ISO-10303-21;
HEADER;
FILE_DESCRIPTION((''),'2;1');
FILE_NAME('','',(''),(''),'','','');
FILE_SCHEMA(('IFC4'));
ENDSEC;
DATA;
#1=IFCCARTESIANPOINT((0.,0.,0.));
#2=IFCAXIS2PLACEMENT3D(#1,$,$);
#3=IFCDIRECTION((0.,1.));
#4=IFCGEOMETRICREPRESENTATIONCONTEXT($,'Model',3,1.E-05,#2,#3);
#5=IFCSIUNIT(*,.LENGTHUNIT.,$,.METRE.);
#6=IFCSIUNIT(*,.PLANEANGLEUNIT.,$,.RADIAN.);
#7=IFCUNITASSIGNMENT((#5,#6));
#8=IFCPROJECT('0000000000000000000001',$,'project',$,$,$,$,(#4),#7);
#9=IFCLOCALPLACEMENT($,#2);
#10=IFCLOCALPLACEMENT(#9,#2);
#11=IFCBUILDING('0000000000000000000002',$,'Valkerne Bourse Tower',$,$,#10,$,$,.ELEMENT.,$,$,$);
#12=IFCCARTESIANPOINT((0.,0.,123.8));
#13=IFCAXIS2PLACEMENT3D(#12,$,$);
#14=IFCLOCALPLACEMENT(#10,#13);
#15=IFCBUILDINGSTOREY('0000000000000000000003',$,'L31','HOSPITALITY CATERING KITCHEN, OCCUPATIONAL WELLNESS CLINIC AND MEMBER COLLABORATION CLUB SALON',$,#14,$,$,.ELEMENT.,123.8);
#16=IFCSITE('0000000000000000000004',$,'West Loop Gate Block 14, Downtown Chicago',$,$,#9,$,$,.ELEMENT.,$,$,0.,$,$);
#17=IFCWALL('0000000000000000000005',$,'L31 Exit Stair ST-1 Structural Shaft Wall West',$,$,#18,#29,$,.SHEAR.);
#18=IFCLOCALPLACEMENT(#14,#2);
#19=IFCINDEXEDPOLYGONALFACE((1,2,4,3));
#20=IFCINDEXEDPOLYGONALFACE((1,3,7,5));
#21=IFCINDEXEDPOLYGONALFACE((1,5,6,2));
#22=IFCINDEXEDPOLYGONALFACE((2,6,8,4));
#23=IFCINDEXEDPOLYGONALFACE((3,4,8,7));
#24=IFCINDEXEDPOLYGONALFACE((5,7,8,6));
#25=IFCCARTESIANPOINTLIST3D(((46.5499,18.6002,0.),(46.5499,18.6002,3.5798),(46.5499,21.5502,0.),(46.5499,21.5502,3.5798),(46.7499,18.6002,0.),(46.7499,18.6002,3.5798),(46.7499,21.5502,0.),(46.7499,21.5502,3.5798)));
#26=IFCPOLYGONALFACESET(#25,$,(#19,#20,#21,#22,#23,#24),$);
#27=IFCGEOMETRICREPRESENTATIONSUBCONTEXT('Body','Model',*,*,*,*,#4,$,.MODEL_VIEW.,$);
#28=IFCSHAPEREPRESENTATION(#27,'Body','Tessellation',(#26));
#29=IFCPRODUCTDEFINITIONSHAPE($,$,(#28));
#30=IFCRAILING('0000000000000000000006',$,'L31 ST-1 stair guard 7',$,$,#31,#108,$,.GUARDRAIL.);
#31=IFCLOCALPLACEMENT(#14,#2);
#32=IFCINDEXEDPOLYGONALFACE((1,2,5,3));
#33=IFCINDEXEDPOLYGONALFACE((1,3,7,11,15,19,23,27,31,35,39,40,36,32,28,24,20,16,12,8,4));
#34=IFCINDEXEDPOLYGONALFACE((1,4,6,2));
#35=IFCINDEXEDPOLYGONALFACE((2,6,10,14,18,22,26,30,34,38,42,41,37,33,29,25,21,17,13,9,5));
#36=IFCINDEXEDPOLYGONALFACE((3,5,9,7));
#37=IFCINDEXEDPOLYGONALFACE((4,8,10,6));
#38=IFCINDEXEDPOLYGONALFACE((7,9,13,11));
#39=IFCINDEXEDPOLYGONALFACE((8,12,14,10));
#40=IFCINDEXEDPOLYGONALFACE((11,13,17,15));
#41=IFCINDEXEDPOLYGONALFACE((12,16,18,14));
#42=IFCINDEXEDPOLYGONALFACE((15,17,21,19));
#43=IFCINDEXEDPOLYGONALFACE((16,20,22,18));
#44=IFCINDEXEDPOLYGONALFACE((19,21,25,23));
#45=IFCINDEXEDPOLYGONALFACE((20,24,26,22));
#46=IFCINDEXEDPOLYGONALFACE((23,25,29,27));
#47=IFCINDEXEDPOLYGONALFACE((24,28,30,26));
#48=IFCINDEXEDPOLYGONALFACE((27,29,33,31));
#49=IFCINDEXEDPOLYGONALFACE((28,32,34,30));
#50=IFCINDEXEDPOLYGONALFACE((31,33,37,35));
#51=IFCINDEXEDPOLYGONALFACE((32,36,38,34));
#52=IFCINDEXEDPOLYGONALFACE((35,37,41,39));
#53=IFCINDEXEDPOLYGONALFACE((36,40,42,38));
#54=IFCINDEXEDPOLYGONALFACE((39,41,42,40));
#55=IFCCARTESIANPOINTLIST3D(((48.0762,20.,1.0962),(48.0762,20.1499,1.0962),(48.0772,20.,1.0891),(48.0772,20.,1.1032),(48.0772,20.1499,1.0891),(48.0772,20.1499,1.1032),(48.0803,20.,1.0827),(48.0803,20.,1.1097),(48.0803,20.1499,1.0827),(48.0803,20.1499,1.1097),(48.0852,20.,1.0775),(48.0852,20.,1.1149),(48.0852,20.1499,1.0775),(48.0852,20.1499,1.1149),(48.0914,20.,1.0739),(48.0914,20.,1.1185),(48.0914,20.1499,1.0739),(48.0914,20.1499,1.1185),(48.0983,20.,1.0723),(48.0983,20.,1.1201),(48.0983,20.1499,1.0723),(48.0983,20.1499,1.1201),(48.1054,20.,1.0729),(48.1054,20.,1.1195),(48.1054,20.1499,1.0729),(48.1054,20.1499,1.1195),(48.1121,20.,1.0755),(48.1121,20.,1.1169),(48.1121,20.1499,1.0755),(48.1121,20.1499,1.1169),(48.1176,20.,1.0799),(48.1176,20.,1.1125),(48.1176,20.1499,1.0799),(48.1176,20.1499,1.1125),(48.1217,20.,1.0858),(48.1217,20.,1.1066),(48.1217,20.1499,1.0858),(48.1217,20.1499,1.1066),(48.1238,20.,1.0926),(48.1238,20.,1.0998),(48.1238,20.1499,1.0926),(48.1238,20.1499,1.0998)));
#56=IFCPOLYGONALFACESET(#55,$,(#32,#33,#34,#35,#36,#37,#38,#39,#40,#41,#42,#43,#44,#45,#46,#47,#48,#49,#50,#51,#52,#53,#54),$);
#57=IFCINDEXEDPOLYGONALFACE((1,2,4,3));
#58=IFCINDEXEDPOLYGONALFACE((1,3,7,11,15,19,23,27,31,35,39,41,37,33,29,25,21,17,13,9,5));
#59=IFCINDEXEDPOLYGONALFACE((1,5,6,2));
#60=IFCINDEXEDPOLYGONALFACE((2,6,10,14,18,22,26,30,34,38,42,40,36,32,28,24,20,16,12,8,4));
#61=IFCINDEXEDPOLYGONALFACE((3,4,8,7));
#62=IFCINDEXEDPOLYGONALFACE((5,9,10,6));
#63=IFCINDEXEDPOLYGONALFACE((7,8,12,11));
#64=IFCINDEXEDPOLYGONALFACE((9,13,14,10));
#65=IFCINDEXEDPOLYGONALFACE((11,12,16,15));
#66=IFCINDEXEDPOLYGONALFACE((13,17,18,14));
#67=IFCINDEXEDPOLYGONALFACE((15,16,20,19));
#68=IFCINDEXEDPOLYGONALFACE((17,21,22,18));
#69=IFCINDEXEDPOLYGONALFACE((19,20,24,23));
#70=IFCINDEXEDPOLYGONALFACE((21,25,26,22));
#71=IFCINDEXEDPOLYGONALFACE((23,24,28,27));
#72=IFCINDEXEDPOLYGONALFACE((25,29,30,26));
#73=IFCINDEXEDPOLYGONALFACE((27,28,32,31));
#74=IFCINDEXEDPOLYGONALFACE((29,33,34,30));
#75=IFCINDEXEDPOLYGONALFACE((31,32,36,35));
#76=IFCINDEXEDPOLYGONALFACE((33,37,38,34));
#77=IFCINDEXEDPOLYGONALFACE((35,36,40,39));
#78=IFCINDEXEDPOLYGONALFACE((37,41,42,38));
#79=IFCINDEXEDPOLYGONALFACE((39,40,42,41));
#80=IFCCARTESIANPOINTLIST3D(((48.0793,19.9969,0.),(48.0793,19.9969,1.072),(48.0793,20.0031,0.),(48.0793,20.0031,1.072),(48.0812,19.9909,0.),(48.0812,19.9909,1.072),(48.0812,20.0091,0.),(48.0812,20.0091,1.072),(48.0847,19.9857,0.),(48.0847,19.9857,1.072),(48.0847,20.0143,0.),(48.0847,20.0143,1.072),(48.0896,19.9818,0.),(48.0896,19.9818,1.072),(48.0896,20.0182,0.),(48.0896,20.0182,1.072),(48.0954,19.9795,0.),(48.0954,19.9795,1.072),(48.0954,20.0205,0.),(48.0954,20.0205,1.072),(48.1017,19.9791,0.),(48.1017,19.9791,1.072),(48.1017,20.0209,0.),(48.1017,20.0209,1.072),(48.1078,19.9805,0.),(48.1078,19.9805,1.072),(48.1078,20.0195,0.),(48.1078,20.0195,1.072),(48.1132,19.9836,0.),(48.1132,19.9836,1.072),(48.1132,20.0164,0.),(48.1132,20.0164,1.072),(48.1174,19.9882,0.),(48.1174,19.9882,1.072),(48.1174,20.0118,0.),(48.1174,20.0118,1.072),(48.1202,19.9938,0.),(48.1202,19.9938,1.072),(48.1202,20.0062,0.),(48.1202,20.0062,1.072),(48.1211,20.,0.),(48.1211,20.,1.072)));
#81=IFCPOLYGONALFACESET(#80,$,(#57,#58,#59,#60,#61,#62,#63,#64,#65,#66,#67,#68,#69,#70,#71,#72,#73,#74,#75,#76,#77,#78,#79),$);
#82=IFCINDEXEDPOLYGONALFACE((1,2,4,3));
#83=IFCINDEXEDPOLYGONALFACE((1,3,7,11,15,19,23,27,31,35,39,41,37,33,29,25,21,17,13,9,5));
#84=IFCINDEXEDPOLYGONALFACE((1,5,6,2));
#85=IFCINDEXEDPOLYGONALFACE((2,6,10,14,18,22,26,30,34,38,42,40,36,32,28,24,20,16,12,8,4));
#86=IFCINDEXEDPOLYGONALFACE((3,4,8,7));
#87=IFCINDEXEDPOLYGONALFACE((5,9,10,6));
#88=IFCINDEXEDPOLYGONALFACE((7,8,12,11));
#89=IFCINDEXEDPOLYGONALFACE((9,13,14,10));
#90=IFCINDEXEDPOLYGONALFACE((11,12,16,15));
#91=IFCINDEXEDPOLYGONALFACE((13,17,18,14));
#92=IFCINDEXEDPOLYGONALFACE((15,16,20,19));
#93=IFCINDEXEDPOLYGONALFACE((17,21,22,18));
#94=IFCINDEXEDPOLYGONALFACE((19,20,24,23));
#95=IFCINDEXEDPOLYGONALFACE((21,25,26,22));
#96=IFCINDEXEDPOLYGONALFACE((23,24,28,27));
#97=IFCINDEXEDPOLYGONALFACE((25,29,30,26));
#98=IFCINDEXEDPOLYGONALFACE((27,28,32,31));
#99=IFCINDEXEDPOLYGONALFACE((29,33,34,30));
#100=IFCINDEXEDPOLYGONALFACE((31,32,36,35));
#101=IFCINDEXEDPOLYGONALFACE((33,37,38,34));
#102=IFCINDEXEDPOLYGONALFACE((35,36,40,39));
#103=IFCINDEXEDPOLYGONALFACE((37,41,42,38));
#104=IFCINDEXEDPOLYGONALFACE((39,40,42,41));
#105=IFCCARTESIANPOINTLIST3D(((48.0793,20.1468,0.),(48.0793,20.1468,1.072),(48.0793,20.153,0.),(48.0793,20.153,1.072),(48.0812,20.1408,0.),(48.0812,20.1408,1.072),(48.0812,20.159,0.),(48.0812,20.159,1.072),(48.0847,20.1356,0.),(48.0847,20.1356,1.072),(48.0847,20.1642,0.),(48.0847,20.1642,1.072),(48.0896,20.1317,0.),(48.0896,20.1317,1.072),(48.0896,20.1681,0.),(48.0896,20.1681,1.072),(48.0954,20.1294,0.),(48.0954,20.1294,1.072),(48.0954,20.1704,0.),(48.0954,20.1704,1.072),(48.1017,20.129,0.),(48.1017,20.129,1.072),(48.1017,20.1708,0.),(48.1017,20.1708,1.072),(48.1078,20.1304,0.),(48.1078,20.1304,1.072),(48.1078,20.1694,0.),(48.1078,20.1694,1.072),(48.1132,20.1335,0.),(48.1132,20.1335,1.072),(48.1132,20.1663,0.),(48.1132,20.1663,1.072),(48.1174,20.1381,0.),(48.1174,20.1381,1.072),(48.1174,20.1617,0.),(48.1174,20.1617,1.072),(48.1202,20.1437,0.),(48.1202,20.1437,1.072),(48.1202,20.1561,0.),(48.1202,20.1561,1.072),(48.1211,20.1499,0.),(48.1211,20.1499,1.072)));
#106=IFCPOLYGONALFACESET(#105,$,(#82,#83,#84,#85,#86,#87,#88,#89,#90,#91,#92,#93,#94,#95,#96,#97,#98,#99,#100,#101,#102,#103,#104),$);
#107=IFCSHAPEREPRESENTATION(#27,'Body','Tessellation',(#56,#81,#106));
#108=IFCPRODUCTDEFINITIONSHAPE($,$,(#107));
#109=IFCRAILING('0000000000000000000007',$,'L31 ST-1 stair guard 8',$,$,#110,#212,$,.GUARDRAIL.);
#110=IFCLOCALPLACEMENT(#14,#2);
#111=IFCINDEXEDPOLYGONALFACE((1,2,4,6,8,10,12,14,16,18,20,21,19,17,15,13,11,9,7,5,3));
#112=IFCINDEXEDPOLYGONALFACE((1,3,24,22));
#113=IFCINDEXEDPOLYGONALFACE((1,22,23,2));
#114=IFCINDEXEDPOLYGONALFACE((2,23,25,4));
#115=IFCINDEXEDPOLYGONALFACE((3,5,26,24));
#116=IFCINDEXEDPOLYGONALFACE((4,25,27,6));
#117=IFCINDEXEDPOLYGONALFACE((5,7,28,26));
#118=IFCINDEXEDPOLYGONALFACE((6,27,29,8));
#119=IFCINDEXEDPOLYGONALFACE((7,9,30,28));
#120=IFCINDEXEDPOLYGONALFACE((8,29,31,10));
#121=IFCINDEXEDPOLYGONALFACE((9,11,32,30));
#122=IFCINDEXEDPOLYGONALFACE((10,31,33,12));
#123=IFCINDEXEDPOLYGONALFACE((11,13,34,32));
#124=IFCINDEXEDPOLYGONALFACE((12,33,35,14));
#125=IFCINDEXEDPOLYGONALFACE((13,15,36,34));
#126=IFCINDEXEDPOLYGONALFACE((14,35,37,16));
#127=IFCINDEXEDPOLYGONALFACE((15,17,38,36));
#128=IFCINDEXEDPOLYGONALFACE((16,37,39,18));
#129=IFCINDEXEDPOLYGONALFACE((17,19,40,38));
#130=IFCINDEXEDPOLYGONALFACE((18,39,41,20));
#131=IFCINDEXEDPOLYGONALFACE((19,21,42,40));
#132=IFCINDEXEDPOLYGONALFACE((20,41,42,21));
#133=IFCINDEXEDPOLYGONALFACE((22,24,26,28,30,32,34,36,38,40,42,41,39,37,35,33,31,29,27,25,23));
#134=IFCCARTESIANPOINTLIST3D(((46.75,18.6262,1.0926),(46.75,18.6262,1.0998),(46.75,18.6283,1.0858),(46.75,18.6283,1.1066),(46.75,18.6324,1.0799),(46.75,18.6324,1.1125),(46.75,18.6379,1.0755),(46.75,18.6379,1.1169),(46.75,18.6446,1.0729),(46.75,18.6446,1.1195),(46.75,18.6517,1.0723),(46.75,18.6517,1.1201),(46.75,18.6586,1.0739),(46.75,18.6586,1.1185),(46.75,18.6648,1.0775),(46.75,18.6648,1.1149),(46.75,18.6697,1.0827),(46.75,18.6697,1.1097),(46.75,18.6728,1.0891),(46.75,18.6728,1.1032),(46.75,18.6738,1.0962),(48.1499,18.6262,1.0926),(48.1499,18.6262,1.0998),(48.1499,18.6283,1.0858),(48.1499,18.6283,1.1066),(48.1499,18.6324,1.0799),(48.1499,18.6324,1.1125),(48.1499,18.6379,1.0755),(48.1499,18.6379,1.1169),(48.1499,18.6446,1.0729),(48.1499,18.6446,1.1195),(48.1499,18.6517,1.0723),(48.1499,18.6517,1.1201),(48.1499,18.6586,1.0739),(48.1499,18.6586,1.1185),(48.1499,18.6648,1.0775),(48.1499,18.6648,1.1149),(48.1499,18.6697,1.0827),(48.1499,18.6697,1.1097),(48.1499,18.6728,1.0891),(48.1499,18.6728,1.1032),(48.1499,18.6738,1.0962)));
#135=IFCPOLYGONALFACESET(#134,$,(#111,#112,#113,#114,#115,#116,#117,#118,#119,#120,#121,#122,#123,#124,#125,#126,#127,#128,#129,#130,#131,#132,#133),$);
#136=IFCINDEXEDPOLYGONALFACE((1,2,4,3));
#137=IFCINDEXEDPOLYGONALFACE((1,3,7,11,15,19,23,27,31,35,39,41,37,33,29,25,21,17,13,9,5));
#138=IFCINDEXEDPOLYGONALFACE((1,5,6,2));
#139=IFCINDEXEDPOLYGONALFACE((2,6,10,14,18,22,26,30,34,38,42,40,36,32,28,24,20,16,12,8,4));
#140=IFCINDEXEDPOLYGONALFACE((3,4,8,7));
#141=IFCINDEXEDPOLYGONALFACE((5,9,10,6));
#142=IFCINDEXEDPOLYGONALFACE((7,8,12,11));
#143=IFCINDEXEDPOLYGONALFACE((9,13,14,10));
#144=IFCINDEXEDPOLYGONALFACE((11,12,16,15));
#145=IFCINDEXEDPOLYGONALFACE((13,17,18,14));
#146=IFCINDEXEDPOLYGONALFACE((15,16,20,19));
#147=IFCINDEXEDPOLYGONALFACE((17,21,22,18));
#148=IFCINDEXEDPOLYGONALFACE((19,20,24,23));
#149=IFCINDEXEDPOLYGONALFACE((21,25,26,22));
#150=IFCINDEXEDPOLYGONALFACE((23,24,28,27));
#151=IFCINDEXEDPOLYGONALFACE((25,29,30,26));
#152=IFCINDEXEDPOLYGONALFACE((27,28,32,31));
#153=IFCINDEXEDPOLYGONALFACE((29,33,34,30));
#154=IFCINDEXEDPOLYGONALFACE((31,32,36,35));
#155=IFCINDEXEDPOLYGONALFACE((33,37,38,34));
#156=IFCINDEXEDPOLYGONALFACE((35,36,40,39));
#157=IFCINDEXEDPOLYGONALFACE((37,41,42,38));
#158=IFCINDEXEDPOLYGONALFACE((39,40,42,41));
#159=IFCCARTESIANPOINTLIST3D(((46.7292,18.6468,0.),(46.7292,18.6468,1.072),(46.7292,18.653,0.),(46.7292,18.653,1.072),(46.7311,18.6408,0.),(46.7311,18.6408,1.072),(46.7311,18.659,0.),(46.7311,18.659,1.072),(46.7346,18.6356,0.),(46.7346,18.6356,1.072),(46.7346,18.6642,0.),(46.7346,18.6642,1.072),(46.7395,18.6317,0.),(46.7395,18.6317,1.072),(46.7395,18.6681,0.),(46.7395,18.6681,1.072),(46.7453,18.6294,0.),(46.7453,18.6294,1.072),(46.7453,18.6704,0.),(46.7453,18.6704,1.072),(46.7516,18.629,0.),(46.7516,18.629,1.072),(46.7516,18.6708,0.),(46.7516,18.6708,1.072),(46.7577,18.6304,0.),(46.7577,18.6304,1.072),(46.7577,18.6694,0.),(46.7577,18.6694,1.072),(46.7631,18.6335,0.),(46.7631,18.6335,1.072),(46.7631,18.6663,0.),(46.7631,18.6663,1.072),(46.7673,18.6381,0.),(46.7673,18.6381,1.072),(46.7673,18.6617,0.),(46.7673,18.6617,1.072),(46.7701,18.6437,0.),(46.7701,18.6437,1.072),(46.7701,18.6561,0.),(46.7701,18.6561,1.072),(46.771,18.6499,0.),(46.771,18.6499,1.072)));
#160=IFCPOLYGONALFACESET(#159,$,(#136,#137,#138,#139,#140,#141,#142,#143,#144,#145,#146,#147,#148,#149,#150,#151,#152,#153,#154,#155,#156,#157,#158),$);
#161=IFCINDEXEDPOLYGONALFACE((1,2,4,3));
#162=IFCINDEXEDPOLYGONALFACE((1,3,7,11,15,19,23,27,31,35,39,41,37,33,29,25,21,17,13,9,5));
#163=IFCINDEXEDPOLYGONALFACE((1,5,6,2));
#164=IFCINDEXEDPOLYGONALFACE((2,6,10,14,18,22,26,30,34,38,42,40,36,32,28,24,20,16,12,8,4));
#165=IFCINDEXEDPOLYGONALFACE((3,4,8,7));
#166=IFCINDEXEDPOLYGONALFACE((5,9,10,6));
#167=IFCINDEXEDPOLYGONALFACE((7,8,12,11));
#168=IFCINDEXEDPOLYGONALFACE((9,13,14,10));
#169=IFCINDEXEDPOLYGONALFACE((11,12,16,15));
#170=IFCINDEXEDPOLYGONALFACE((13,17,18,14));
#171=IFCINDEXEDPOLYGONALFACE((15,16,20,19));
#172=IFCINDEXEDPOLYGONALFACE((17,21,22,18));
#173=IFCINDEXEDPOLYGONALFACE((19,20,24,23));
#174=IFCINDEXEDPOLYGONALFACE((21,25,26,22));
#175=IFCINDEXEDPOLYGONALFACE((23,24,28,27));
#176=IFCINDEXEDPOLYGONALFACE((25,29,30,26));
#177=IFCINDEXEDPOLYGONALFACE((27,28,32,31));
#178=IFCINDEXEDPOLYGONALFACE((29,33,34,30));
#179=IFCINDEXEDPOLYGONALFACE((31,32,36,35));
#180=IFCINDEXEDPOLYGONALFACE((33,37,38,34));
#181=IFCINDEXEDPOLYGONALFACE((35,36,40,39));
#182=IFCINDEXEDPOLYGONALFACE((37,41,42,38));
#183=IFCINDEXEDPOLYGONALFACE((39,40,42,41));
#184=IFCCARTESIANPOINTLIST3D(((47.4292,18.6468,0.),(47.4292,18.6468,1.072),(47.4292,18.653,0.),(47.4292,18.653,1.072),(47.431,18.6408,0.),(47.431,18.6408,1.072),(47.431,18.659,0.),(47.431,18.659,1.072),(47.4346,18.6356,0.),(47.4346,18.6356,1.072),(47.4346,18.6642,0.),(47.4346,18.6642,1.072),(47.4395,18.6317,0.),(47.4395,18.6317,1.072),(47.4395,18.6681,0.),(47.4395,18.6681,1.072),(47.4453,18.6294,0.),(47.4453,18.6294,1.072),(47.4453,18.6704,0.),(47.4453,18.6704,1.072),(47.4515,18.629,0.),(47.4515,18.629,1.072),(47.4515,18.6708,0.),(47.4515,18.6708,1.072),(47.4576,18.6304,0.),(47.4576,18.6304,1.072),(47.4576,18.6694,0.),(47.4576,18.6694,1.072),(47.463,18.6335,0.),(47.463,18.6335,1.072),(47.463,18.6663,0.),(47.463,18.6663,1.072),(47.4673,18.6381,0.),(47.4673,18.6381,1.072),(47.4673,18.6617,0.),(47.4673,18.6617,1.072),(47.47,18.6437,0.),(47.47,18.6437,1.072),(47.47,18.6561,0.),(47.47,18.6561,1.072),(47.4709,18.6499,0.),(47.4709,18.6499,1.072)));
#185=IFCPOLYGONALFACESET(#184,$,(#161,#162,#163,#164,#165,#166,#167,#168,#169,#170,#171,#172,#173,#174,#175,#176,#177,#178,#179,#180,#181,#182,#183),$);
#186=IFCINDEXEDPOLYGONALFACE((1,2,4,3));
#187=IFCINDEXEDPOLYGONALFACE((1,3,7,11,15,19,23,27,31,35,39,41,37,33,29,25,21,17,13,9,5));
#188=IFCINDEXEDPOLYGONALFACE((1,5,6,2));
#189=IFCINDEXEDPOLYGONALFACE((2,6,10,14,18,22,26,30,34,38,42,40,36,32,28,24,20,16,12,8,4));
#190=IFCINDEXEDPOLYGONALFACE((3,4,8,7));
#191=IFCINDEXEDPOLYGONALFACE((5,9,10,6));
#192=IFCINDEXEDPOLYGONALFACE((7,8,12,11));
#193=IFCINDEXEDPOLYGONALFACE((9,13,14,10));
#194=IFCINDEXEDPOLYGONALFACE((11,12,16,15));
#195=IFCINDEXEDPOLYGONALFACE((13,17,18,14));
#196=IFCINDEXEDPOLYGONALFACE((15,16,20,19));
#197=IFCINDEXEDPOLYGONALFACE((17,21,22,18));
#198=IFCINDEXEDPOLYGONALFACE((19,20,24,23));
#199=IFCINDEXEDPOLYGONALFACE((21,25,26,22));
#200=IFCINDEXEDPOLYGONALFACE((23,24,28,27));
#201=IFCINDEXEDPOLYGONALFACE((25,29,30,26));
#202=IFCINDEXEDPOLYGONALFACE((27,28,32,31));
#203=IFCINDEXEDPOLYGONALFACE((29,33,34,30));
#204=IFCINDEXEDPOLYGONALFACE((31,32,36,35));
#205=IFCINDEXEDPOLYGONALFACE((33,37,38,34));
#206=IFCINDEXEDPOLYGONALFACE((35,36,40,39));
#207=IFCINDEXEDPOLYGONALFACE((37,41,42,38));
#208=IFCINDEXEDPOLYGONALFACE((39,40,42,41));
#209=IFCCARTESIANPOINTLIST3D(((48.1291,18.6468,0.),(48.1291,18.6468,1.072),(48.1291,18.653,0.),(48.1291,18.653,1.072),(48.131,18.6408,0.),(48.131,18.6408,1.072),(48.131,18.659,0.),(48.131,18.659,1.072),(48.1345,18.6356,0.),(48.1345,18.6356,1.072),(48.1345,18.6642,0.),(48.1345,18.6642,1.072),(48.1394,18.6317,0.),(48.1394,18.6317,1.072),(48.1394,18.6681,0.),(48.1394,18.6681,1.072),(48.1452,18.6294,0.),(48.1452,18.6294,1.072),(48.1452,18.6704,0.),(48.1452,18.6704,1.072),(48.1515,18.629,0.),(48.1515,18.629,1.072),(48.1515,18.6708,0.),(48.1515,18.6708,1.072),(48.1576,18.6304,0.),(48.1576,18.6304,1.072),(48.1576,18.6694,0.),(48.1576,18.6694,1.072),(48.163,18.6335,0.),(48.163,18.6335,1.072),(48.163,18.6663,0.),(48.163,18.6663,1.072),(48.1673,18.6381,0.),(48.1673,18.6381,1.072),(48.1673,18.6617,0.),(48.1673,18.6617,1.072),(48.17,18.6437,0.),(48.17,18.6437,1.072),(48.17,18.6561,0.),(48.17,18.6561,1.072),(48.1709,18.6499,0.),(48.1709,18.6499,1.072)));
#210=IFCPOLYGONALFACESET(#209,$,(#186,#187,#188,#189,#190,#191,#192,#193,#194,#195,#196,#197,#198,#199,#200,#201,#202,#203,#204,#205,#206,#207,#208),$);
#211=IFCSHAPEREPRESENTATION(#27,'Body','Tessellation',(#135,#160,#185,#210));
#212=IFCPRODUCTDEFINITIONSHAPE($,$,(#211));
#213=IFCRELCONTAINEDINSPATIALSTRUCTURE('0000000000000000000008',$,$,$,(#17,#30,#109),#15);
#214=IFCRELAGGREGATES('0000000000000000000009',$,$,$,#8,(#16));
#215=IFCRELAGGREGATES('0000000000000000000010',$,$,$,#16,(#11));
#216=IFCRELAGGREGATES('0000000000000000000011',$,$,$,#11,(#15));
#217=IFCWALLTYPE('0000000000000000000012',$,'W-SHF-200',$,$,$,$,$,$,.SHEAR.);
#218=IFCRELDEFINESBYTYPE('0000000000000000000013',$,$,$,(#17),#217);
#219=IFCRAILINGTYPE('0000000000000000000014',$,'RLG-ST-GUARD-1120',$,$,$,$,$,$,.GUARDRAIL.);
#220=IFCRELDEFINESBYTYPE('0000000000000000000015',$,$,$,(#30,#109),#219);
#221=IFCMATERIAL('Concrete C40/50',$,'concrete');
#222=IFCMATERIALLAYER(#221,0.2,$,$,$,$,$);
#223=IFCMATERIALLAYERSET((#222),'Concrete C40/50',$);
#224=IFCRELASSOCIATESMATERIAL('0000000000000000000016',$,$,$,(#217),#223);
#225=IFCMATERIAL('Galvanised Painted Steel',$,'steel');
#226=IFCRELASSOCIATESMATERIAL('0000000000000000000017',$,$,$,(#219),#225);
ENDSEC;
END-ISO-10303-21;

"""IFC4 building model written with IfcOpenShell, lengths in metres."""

from ifc_helpers import new_model, si_unit, direction, frame, frame_2d, origin, origin_2d, place, context, subcontext, project, spatial, rectangle, circle, extrude, material, layer, layer_set, type_object, element, save


model = new_model("IFC4")

# Units and contexts
model_context = context("Model", 3, precision=1e-05, world=origin(), true_north=direction((0.0, 1.0)))
body_context = subcontext(model_context, "Body", "Model", "MODEL_VIEW")
ifc_project = project(units=[si_unit("LENGTHUNIT", "METRE"), si_unit("PLANEANGLEUNIT", "RADIAN")], contexts=[model_context])

# Site, building, storey
site_placement = place(None, origin())
site = spatial("IfcSite", under=ifc_project, at=site_placement, Name="West Loop Gate Block 14, Downtown Chicago", CompositionType="ELEMENT", RefElevation=0.0)
building_placement = place(site_placement, origin())
building = spatial("IfcBuilding", under=site, at=building_placement, Name="Valkerne Bourse Tower", CompositionType="ELEMENT")
storey_placement = place(building_placement, frame((0.0, 0.0, 123.8)))
storey = spatial("IfcBuildingStorey", under=building, at=storey_placement, Name="L31", Description="HOSPITALITY CATERING KITCHEN, OCCUPATIONAL WELLNESS CLINIC AND MEMBER COLLABORATION CLUB SALON", CompositionType="ELEMENT", Elevation=123.8)

# Shared definitions
ifc_material_1 = material(Name="Galvanised Painted Steel", Category="steel")

# Shared definitions
ifc_material_2 = material(Name="Concrete C40/50", Category="concrete")
ifc_layer_1 = layer(ifc_material_2, 0.2)
ifc_layer_set_1 = layer_set([ifc_layer_1], Name="Concrete C40/50")
wall_type_1 = type_object("IfcWallType", Name="W-SHF-200", PredefinedType="SHEAR", material=ifc_layer_set_1)

# Wall
wall_1_placement = place(storey_placement, frame((46.6499, 18.6001, 0.0), z_axis=(0.0, 0.0, 1.0), x_axis=(0.0, 1.0, 0.0)))
element("IfcWall", 1, at=wall_1_placement, inside=storey, type_object=wall_type_1, Name="L31 Exit Stair ST-1 Structural Shaft Wall West", PredefinedType="SHEAR", context=body_context, shape_type="SweptSolid", body=[
    extrude(rectangle(XDim=2.95, YDim=0.2, at=frame_2d((1.4751, 0.0))), origin(), (0.0, 0.0, 1.0), 3.5798),
])

# Railings
railing_type = type_object("IfcRailingType", Name="RLG-ST-GUARD-1120", PredefinedType="GUARDRAIL", material=ifc_material_1)
railing_1_placement = place(storey_placement, frame((48.1001, 20.0, 0.0)))
element("IfcRailing", 2, at=railing_1_placement, inside=storey, type_object=railing_type, Name="L31 ST-1 stair guard 7", PredefinedType="GUARDRAIL", context=body_context, shape_type="SweptSolid", body=[
    extrude(circle(Radius=0.0239, at=origin_2d()), frame((0.0, 0.0, 1.0962), z_axis=(0.0, 1.0, 0.0), x_axis=(-1.0, 0.0, 0.0)), (0.0, 0.0, 1.0), 0.1499),
    extrude(circle(Radius=0.021, at=origin_2d()), origin(), (0.0, 0.0, 1.0), 1.072),
    extrude(circle(Radius=0.021, at=origin_2d()), frame((0.0, 0.1499, 0.0)), (0.0, 0.0, 1.0), 1.072),
])
for number, where, name in (
    (3, (46.75, 18.6499, 0.0), "L31 ST-1 stair guard 8"),
):
    element("IfcRailing", number, at=place(storey_placement, frame(where)), inside=storey, type_object=railing_type, Name=name, PredefinedType="GUARDRAIL", context=body_context, shape_type="SweptSolid", body=[
        extrude(circle(Radius=0.0239, at=origin_2d()), frame((0.0, 0.0, 1.0962), z_axis=(1.0, 0.0, 0.0), x_axis=(0.0, 1.0, 0.0)), (0.0, 0.0, 1.0), 1.3999),
        extrude(circle(Radius=0.021, at=origin_2d()), origin(), (0.0, 0.0, 1.0), 1.072),
        extrude(circle(Radius=0.021, at=origin_2d()), frame((0.7, 0.0, 0.0)), (0.0, 0.0, 1.0), 1.072),
        extrude(circle(Radius=0.021, at=origin_2d()), frame((1.3999, 0.0, 0.0)), (0.0, 0.0, 1.0), 1.072),
    ])

save(model, "model.ifc")
